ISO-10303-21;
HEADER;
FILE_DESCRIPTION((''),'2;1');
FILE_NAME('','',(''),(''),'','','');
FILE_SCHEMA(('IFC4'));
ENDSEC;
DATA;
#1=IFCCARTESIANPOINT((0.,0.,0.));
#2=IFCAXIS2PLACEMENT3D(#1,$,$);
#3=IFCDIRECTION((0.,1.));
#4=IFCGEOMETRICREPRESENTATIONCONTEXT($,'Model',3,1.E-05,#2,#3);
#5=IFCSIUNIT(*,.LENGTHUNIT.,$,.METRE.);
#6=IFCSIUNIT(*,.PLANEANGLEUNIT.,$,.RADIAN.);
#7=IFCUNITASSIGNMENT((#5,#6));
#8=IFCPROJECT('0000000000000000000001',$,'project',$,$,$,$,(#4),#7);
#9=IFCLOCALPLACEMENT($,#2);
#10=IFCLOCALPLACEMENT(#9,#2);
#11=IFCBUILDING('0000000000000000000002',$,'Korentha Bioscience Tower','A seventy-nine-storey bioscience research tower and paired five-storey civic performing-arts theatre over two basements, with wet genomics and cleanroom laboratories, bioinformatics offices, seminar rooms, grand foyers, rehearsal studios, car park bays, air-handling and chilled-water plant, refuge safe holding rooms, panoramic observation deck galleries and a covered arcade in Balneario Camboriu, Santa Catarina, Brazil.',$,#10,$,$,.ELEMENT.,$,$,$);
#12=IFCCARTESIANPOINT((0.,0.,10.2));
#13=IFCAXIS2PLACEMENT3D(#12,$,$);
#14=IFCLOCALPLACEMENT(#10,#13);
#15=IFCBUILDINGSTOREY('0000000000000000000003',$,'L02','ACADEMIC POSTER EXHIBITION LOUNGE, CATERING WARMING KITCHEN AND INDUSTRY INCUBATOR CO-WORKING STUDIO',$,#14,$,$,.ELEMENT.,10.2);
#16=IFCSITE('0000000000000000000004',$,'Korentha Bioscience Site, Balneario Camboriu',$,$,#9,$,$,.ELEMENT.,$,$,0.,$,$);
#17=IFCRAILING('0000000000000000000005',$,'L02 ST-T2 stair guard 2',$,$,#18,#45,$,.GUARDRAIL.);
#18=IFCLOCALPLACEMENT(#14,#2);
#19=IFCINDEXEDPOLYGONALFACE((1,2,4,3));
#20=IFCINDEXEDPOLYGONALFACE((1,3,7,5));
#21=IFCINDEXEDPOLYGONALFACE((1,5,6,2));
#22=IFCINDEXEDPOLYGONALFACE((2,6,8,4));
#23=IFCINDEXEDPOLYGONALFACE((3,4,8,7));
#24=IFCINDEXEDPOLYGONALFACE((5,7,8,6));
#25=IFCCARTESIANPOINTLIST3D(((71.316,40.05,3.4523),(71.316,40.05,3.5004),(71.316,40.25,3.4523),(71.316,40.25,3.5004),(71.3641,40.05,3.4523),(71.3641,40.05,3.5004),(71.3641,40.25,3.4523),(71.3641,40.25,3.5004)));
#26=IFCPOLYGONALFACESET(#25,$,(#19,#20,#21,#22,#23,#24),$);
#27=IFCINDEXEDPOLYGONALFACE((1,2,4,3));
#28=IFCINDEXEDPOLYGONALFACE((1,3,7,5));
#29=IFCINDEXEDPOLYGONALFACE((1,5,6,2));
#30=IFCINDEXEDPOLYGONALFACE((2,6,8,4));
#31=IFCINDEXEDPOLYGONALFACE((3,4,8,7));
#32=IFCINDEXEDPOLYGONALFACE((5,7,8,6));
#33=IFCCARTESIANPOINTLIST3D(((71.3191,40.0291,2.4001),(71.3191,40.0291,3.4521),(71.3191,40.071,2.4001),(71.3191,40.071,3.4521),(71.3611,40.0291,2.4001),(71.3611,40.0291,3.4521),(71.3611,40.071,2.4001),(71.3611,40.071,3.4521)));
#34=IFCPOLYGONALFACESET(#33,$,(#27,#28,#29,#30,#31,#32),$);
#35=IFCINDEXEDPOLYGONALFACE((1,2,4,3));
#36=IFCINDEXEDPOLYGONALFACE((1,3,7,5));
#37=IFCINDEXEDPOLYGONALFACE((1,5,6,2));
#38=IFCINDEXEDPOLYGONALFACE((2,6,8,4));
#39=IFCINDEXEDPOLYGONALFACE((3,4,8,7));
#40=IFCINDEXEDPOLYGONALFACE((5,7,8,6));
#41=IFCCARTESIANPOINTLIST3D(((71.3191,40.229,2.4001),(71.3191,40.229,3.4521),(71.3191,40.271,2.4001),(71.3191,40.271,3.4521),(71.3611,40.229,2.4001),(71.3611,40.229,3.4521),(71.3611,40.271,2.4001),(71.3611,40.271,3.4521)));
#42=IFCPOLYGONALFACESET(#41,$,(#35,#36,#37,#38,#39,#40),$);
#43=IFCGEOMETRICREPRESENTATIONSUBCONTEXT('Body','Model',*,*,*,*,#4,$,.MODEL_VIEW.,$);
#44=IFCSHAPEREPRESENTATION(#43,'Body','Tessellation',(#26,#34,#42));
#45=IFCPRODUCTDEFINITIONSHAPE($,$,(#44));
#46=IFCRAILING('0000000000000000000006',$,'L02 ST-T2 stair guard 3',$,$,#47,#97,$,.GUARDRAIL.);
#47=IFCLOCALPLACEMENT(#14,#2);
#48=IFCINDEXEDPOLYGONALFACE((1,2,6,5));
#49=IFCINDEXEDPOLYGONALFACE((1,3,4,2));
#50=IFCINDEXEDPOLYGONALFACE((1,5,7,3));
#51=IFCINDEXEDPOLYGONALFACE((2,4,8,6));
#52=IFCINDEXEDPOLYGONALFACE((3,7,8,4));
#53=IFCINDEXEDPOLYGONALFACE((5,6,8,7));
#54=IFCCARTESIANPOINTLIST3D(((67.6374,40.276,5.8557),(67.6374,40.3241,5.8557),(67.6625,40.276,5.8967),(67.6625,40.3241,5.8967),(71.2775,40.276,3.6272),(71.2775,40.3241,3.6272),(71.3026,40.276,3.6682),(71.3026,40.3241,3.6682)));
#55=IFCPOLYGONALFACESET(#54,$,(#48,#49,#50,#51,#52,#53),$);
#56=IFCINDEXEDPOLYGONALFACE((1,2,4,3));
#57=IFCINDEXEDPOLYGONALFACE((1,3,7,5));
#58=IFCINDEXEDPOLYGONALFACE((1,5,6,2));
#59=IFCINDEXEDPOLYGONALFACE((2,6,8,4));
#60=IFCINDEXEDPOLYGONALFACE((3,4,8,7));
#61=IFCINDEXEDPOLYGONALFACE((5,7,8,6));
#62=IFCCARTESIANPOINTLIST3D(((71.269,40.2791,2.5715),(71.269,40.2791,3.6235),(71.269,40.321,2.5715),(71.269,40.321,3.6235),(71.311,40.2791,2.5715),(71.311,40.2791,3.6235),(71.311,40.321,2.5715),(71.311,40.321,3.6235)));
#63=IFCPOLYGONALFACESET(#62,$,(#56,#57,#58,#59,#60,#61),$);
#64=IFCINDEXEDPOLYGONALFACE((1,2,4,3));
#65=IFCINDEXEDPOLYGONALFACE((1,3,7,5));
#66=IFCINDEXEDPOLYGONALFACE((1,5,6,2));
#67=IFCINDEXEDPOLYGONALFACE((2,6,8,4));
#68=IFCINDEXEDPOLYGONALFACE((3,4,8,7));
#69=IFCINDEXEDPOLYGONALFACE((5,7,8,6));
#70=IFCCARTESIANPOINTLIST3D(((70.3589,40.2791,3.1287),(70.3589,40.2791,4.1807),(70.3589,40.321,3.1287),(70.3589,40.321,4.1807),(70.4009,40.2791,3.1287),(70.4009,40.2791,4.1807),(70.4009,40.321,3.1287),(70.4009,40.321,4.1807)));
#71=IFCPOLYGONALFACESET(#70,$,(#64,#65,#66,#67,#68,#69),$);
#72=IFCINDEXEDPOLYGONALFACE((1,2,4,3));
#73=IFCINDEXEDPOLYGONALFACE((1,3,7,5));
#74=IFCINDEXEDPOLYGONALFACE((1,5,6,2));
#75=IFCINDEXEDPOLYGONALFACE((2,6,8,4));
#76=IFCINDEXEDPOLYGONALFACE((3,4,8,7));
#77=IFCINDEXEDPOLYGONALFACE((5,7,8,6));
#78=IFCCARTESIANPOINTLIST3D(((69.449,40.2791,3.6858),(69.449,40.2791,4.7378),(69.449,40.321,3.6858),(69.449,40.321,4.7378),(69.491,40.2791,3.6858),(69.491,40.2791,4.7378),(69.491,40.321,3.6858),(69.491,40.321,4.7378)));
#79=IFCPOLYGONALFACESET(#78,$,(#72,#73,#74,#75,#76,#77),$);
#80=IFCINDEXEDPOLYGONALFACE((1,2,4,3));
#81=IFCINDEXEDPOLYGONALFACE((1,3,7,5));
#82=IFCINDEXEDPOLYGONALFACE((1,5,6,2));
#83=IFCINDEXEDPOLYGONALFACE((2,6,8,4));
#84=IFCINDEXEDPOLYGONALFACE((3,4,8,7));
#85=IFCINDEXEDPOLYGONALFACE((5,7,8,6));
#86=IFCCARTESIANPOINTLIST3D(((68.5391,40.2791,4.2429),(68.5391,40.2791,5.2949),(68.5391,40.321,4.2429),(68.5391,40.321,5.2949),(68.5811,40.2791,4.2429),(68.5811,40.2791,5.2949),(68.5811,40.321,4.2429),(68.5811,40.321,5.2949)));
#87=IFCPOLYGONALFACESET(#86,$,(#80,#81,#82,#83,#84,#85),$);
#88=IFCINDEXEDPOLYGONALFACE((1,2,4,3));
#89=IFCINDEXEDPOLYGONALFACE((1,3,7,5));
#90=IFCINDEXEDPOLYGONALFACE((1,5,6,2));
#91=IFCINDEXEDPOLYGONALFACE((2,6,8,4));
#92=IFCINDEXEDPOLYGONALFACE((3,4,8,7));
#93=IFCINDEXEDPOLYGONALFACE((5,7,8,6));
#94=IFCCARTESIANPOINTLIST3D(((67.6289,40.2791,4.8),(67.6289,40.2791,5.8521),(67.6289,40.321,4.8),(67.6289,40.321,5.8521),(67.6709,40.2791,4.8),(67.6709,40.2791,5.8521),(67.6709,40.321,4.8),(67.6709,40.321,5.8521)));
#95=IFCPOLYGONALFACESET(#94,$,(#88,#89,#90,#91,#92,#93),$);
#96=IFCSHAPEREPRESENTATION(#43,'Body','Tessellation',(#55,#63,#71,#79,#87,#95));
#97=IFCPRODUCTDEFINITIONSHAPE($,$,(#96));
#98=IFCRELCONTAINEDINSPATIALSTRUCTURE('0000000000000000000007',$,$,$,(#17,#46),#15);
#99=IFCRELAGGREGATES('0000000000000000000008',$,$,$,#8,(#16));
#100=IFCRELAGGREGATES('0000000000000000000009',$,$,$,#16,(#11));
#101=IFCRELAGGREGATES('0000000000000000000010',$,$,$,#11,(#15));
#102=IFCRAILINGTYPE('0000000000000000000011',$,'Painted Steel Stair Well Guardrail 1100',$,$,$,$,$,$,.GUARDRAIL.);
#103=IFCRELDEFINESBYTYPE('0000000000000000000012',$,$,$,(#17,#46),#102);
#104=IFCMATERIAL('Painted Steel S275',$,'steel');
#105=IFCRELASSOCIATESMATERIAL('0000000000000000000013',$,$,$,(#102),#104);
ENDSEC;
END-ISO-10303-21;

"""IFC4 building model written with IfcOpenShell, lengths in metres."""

from ifc_helpers import new_model, si_unit, direction, frame, origin, origin_2d, place, context, subcontext, project, spatial, rectangle, extrude, material, type_object, element, save


model = new_model("IFC4")

# Units and contexts
model_context = context("Model", 3, precision=1e-05, world=origin(), true_north=direction((0.0, 1.0)))
body_context = subcontext(model_context, "Body", "Model", "MODEL_VIEW")
ifc_project = project(units=[si_unit("LENGTHUNIT", "METRE"), si_unit("PLANEANGLEUNIT", "RADIAN")], contexts=[model_context])

# Site, building, storey
site_placement = place(None, origin())
site = spatial("IfcSite", under=ifc_project, at=site_placement, Name="Korentha Bioscience Site, Balneario Camboriu", CompositionType="ELEMENT", RefElevation=0.0)
building_placement = place(site_placement, origin())
building = spatial("IfcBuilding", under=site, at=building_placement, Name="Korentha Bioscience Tower", Description="A seventy-nine-storey bioscience research tower and paired five-storey civic performing-arts theatre over two basements, with wet genomics and cleanroom laboratories, bioinformatics offices, seminar rooms, grand foyers, rehearsal studios, car park bays, air-handling and chilled-water plant, refuge safe holding rooms, panoramic observation deck galleries and a covered arcade in Balneario Camboriu, Santa Catarina, Brazil.", CompositionType="ELEMENT")
storey_placement = place(building_placement, frame((0.0, 0.0, 10.2)))
storey = spatial("IfcBuildingStorey", under=building, at=storey_placement, Name="L02", Description="ACADEMIC POSTER EXHIBITION LOUNGE, CATERING WARMING KITCHEN AND INDUSTRY INCUBATOR CO-WORKING STUDIO", CompositionType="ELEMENT", Elevation=10.2)

# Railings
ifc_material_1 = material(Name="Painted Steel S275", Category="steel")
railing_type_1 = type_object("IfcRailingType", Name="Painted Steel Stair Well Guardrail 1100", PredefinedType="GUARDRAIL", material=ifc_material_1)
railing_1_placement = place(storey_placement, frame((71.3401, 40.05, 2.4001)))
element("IfcRailing", 1, at=railing_1_placement, inside=storey, type_object=railing_type_1, Name="L02 ST-T2 stair guard 2", PredefinedType="GUARDRAIL", context=body_context, shape_type="SweptSolid", body=[
    extrude(rectangle(XDim=0.0481, YDim=0.0481, at=origin_2d()), frame((0.0, 0.0, 1.0762), z_axis=(0.0, 1.0, 0.0), x_axis=(-1.0, 0.0, 0.0)), (0.0, 0.0, 1.0), 0.2),
    extrude(rectangle(XDim=0.042, YDim=0.042, at=origin_2d()), origin(), (0.0, 0.0, 1.0), 1.052),
    extrude(rectangle(XDim=0.042, YDim=0.042, at=origin_2d()), frame((0.0, 0.2, 0.0)), (0.0, 0.0, 1.0), 1.052),
])
railing_2_placement = place(storey_placement, frame((71.29, 40.3, 2.5715)))
element("IfcRailing", 2, at=railing_2_placement, inside=storey, type_object=railing_type_1, Name="L02 ST-T2 stair guard 3", PredefinedType="GUARDRAIL", context=body_context, shape_type="SweptSolid", body=[
    extrude(rectangle(XDim=0.0481, YDim=0.0481, at=origin_2d()), frame((0.0, 0.0, 1.0762), z_axis=(-0.852866, 0.0, 0.52213), x_axis=(0.0, -1.0, 0.0)), (0.0, 0.0, 1.0), 4.2681),
    extrude(rectangle(XDim=0.042, YDim=0.042, at=origin_2d()), origin(), (0.0, 0.0, 1.0), 1.052),
    extrude(rectangle(XDim=0.042, YDim=0.042, at=origin_2d()), frame((-0.9102, 0.0, 0.5571)), (0.0, 0.0, 1.0), 1.052),
    extrude(rectangle(XDim=0.042, YDim=0.042, at=origin_2d()), frame((-1.8201, 0.0, 1.1143)), (0.0, 0.0, 1.0), 1.052),
    extrude(rectangle(XDim=0.042, YDim=0.042, at=origin_2d()), frame((-2.73, 0.0, 1.6714)), (0.0, 0.0, 1.0), 1.052),
    extrude(rectangle(XDim=0.042, YDim=0.042, at=origin_2d()), frame((-3.6401, 0.0, 2.2285)), (0.0, 0.0, 1.0), 1.052),
])

save(model, "model.ifc")
